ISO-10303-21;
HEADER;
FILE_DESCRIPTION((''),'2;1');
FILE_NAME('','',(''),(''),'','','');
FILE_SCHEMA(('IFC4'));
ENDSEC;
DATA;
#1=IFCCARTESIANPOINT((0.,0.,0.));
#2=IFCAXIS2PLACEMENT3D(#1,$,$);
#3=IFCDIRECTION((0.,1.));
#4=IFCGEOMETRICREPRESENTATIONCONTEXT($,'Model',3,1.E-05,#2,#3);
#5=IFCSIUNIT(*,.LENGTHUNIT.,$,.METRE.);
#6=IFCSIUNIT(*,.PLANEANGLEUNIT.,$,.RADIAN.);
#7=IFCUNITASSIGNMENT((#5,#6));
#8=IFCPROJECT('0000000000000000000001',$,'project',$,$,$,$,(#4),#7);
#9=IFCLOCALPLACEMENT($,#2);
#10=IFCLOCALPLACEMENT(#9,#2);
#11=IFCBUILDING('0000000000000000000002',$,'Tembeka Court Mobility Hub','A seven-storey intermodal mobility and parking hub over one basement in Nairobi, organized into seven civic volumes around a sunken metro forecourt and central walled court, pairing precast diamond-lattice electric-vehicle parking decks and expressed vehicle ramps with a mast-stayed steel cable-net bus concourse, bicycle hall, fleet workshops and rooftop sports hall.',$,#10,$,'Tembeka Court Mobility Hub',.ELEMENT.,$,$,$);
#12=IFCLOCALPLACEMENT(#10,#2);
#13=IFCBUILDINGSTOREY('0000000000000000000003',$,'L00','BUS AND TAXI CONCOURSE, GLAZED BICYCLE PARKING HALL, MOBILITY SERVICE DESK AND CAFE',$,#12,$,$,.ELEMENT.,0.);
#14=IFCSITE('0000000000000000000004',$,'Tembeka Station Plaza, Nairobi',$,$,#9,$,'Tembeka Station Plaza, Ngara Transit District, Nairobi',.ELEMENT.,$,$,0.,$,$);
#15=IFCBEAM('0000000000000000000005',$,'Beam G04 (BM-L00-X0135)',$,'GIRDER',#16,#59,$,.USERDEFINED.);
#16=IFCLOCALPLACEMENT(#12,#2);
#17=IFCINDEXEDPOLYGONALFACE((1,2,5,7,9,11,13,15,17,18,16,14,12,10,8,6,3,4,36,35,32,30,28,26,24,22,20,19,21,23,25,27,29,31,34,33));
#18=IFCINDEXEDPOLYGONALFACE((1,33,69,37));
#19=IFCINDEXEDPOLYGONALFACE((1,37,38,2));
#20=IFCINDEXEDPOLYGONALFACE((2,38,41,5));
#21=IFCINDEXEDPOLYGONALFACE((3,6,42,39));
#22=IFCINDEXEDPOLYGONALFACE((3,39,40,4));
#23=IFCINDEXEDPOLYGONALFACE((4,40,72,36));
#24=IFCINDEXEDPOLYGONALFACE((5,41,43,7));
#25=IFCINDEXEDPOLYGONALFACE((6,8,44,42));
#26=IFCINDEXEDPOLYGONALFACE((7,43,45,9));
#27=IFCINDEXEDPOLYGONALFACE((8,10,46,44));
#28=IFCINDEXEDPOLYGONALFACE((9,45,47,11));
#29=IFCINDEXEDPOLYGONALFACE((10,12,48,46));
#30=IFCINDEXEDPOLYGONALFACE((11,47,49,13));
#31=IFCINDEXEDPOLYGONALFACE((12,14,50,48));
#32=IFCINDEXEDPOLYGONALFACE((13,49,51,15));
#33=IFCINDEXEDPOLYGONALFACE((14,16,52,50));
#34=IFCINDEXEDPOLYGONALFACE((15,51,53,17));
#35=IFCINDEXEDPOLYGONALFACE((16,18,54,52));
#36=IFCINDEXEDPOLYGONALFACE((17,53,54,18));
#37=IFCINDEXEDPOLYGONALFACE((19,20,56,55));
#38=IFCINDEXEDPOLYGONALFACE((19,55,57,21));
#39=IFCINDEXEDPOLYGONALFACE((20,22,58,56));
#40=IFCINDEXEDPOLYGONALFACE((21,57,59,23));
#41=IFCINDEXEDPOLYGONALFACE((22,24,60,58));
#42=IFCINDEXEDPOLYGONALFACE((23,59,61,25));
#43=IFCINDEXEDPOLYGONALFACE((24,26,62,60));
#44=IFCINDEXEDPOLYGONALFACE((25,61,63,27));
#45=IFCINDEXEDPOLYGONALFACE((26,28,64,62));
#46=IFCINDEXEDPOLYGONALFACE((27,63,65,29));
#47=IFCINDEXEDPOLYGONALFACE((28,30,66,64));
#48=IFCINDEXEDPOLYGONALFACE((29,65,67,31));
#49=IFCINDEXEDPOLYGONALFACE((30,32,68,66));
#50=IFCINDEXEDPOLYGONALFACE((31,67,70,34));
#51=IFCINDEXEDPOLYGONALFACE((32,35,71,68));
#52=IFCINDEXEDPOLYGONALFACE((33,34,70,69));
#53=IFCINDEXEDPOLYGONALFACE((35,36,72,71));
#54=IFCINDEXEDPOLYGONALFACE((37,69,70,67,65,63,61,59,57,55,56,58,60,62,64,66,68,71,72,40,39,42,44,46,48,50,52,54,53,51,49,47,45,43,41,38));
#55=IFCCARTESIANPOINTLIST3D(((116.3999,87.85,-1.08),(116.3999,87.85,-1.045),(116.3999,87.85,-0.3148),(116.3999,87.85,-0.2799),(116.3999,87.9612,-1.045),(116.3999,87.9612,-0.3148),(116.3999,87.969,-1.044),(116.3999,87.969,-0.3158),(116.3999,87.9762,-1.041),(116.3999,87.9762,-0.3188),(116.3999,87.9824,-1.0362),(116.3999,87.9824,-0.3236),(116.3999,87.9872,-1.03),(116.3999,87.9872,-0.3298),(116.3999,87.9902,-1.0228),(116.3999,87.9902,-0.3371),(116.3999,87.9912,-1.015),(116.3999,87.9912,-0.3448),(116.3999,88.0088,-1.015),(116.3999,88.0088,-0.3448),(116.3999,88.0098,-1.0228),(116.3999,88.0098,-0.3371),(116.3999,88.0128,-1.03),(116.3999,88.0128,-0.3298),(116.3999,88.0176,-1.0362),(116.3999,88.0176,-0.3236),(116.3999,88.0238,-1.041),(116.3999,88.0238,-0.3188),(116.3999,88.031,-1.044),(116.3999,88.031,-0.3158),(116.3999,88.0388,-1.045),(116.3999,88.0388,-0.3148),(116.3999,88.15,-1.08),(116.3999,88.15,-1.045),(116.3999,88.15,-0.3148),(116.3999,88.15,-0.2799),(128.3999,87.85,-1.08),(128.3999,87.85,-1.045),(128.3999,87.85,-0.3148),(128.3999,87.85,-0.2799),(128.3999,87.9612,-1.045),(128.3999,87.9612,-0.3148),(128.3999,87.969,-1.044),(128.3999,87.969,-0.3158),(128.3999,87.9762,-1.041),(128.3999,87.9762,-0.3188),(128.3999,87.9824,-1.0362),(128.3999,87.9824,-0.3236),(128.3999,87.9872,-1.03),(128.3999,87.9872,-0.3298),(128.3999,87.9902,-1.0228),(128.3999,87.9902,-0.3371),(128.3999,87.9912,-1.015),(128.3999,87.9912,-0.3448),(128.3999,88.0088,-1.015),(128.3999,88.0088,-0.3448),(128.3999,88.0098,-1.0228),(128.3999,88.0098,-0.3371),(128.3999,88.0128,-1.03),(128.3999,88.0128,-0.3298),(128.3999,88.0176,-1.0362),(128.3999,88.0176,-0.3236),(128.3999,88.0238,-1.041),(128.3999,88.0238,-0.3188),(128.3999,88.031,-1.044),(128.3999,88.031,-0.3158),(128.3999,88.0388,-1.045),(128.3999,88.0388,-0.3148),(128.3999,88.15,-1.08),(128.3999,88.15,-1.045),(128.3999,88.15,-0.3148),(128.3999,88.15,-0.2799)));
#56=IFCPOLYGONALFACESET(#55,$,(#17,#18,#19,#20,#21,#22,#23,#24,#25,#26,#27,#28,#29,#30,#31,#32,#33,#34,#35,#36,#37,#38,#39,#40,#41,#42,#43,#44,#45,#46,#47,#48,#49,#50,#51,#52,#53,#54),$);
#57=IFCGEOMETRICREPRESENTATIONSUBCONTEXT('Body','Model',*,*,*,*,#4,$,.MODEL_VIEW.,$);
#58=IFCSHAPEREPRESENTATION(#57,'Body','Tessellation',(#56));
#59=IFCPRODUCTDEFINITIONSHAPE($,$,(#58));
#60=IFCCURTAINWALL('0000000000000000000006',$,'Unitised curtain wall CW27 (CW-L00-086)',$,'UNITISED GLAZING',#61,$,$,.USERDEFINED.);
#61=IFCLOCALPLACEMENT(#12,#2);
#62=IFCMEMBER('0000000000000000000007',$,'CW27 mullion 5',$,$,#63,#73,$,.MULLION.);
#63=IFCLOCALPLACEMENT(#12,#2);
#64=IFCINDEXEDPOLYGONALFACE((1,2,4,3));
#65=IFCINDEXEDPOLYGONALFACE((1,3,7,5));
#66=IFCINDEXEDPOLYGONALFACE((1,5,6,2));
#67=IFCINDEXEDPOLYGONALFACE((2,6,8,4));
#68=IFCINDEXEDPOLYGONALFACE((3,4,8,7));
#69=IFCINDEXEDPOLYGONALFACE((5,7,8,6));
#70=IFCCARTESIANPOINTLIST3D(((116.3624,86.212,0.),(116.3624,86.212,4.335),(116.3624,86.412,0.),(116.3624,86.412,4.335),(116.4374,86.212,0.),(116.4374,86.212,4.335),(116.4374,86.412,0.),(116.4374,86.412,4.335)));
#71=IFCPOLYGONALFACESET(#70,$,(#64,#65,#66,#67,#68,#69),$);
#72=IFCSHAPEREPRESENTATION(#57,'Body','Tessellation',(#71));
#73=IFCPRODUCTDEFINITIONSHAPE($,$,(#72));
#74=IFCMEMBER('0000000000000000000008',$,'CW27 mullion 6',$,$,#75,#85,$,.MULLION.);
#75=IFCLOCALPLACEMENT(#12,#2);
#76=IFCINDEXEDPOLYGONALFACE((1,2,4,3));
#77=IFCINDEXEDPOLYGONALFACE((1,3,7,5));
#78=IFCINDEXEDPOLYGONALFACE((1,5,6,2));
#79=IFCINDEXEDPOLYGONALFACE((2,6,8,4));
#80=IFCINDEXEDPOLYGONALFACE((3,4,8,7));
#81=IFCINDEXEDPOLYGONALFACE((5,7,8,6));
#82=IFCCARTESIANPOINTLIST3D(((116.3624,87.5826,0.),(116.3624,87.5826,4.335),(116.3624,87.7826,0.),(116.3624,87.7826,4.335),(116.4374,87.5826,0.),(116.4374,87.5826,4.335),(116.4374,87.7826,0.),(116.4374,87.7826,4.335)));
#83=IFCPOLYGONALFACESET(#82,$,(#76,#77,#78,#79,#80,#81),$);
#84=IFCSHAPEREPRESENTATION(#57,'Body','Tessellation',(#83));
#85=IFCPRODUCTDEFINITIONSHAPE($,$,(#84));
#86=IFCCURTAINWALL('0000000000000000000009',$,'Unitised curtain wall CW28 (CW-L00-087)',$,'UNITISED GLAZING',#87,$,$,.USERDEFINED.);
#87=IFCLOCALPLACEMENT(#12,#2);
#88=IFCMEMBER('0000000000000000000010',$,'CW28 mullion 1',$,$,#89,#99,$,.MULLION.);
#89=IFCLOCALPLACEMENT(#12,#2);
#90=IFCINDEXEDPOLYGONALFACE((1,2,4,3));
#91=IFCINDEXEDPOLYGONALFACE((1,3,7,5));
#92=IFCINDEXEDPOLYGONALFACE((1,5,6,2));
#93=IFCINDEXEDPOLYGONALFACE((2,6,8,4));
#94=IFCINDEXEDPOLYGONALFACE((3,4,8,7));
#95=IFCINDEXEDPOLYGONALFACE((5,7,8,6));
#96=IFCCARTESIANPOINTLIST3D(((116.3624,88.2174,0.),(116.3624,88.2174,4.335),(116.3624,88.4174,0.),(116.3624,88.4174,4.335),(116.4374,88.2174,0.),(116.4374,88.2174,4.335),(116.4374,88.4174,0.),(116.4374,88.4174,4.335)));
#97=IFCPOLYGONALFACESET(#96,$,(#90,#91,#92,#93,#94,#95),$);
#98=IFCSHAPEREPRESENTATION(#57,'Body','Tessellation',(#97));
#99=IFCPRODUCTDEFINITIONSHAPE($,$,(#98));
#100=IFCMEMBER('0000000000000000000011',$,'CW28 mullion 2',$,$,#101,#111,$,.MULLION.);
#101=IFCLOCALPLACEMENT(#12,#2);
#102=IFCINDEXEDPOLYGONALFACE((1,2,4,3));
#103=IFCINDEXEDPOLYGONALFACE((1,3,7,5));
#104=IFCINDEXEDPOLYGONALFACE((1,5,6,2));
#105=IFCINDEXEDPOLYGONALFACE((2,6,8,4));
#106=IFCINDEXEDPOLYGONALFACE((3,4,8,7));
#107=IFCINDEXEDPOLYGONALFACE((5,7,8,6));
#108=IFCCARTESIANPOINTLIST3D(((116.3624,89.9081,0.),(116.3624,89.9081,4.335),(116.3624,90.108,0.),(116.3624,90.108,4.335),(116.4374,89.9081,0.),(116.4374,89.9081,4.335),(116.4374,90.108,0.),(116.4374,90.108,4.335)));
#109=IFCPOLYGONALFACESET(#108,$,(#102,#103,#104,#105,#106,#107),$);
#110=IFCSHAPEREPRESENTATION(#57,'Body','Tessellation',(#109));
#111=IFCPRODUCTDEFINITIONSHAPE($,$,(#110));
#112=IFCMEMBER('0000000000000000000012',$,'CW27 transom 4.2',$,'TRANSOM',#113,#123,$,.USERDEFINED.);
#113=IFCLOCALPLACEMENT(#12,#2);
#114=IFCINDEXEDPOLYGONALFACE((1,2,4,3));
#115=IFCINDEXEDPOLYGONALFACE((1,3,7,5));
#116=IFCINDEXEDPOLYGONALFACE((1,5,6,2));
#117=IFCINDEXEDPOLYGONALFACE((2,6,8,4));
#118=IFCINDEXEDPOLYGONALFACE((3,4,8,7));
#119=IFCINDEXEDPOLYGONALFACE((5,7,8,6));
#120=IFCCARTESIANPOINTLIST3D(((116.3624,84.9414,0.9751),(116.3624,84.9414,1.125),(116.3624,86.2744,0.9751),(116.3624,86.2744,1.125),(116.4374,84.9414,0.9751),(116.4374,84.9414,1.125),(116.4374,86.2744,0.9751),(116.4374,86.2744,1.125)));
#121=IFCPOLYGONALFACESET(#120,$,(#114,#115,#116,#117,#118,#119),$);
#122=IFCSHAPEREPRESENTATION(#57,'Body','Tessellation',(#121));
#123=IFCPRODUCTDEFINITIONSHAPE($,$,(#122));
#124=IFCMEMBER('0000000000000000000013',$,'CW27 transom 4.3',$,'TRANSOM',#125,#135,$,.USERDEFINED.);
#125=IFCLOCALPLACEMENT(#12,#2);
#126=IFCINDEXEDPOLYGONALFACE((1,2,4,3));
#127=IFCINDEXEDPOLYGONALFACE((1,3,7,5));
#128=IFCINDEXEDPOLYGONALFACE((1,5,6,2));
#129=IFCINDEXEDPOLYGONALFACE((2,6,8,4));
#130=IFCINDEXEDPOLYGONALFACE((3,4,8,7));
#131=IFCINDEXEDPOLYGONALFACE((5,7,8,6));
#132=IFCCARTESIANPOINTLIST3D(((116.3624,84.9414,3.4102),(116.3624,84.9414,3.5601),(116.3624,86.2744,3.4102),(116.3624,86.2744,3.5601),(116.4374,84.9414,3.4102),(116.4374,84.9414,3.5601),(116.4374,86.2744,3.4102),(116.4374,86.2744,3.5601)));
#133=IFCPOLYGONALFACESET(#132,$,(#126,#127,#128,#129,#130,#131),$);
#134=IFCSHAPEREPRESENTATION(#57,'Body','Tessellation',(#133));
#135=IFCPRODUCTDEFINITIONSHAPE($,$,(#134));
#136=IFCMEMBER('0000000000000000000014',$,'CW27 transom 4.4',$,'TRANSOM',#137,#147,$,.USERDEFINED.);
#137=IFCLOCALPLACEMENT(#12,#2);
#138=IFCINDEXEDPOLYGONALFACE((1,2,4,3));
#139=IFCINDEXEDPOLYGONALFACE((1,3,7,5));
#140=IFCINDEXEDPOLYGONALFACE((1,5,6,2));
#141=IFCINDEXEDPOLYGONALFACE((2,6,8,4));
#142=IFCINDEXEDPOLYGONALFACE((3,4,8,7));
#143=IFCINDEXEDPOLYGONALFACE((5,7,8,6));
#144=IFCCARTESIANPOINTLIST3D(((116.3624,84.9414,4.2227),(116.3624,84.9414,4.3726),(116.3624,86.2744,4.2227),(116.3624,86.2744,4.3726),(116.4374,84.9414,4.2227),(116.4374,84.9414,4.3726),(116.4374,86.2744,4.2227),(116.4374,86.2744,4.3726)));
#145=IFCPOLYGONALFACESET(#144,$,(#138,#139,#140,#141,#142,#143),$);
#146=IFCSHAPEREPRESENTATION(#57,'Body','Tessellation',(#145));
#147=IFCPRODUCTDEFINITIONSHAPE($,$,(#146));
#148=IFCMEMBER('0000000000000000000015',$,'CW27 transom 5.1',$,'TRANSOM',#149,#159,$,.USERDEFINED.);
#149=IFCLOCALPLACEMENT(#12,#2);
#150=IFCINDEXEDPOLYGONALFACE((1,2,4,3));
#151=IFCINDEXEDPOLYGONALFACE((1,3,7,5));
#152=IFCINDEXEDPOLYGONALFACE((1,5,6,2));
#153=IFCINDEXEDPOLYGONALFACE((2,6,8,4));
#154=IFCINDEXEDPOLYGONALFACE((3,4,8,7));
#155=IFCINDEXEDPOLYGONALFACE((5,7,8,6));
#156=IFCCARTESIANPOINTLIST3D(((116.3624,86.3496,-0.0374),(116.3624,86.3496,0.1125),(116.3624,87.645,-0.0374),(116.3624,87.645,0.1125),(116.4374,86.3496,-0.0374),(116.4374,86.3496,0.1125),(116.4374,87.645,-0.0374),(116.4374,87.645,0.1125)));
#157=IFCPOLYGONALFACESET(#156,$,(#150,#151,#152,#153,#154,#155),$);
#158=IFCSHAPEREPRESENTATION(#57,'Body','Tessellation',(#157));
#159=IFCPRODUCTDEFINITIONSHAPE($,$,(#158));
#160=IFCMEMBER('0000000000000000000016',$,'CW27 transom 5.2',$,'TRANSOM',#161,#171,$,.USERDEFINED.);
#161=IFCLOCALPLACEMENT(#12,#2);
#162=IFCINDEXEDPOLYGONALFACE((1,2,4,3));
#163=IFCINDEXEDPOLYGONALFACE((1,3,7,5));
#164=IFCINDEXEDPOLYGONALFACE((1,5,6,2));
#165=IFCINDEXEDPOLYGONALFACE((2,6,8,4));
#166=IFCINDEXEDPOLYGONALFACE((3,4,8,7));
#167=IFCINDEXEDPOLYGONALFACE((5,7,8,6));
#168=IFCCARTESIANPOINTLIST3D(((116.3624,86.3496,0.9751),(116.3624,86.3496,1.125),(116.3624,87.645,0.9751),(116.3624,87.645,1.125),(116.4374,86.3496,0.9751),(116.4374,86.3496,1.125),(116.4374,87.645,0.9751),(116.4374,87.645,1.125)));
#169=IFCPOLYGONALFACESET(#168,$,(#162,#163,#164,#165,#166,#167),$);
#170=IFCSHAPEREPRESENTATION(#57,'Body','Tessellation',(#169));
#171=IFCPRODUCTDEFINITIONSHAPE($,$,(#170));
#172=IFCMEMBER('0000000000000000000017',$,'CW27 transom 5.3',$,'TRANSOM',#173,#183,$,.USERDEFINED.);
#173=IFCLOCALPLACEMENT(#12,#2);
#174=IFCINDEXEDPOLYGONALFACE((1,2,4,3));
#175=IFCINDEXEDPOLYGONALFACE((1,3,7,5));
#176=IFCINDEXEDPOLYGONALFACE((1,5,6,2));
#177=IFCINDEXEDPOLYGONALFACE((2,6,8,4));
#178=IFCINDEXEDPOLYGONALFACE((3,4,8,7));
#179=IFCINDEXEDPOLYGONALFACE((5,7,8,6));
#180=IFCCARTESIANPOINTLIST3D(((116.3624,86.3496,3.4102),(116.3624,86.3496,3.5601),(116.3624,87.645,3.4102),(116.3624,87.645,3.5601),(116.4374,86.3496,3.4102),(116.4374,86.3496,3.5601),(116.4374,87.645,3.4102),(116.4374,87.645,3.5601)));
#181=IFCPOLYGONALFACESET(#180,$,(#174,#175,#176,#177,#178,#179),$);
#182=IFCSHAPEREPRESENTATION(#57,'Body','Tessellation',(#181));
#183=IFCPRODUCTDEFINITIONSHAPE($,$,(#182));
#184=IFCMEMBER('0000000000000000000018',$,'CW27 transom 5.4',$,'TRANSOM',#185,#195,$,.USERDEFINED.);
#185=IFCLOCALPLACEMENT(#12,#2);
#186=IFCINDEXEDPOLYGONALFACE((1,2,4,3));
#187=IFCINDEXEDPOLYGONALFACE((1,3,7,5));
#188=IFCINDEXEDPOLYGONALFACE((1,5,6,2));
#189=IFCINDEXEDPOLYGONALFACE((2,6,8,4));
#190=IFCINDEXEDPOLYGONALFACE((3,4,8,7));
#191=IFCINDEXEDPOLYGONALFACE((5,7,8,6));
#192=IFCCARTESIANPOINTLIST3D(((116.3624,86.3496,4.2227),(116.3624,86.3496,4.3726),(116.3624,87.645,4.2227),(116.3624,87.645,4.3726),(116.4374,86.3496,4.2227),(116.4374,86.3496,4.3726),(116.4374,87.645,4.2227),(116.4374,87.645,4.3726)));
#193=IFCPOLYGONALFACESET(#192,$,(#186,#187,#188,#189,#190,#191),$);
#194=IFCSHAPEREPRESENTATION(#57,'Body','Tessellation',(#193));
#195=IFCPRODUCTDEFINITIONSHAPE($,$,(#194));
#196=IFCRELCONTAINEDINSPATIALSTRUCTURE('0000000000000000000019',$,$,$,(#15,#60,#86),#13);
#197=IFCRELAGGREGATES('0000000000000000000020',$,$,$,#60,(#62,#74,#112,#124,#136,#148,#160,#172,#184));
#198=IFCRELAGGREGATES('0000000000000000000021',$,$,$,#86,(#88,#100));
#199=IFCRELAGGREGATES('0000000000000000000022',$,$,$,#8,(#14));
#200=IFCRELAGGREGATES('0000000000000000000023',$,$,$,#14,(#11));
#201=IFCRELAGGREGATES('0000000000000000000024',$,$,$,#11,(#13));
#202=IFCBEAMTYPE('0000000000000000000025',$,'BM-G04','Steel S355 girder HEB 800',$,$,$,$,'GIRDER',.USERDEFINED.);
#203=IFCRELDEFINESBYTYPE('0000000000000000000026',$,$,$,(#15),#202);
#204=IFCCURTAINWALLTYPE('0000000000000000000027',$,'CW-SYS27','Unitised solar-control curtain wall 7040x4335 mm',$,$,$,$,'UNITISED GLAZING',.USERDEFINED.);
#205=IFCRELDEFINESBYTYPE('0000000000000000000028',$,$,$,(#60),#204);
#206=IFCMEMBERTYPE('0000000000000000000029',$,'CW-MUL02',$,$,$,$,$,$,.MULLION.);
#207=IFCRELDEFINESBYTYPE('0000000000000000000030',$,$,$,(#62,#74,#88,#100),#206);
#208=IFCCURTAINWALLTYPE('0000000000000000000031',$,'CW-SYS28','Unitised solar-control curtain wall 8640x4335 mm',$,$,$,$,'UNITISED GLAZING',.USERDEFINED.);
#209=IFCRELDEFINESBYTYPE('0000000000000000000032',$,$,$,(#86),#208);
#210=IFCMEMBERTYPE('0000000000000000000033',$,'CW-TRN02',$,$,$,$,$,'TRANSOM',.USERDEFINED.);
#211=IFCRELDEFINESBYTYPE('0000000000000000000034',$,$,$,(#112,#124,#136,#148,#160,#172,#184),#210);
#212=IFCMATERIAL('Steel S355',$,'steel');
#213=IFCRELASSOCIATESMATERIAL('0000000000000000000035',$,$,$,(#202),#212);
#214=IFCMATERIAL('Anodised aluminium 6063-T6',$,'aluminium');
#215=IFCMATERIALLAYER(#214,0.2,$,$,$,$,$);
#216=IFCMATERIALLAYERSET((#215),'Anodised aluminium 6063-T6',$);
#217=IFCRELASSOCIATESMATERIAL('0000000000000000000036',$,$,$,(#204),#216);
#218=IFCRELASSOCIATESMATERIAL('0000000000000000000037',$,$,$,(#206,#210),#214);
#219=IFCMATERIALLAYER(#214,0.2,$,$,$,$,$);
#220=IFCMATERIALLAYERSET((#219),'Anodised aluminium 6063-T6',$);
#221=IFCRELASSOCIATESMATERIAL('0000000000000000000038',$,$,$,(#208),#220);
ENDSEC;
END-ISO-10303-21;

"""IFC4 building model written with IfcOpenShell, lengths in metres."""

from ifc_helpers import new_model, si_unit, direction, frame, origin, origin_2d, place, context, subcontext, project, spatial, rectangle, i_section, extrude, material, layer, layer_set, material_profile, profile_set, type_object, element, aggregate, save


model = new_model("IFC4")

# Units and contexts
model_context = context("Model", 3, precision=1e-05, world=origin(), true_north=direction((0.0, 1.0)))
body_context = subcontext(model_context, "Body", "Model", "MODEL_VIEW")
ifc_project = project(units=[si_unit("LENGTHUNIT", "METRE"), si_unit("PLANEANGLEUNIT", "RADIAN")], contexts=[model_context])

# Site, building, storey
site_placement = place(None, origin())
site = spatial("IfcSite", under=ifc_project, at=site_placement, Name="Tembeka Station Plaza, Nairobi", LongName="Tembeka Station Plaza, Ngara Transit District, Nairobi", CompositionType="ELEMENT", RefElevation=0.0)
building_placement = place(site_placement, origin())
building = spatial("IfcBuilding", under=site, at=building_placement, Name="Tembeka Court Mobility Hub", Description="A seven-storey intermodal mobility and parking hub over one basement in Nairobi, organized into seven civic volumes around a sunken metro forecourt and central walled court, pairing precast diamond-lattice electric-vehicle parking decks and expressed vehicle ramps with a mast-stayed steel cable-net bus concourse, bicycle hall, fleet workshops and rooftop sports hall.", LongName="Tembeka Court Mobility Hub", CompositionType="ELEMENT")
storey_placement = place(building_placement, origin())
storey = spatial("IfcBuildingStorey", under=building, at=storey_placement, Name="L00", Description="BUS AND TAXI CONCOURSE, GLAZED BICYCLE PARKING HALL, MOBILITY SERVICE DESK AND CAFE", CompositionType="ELEMENT", Elevation=0.0)

# Shared definitions
ifc_material_1 = material(Name="Steel S355", Category="steel")

# Beam
ifc_material_profile_1 = material_profile(ifc_material_1, i_section(OverallWidth=0.3, OverallDepth=0.8, WebThickness=0.0176, FlangeThickness=0.0349, FilletRadius=0.03, at=origin_2d()), Name="HEB 800")
ifc_profile_set_1 = profile_set([ifc_material_profile_1], Name="Steel S355")
beam_type_1 = type_object("IfcBeamType", Name="BM-G04", Description="Steel S355 girder HEB 800", ElementType="GIRDER", PredefinedType="USERDEFINED", material=ifc_profile_set_1)
beam_1_placement = place(storey_placement, frame((116.3999, 88.0, -0.6799), z_axis=(1.0, 0.0, 0.0), x_axis=(0.0, 1.0, 0.0)))
element("IfcBeam", 1, at=beam_1_placement, inside=storey, type_object=beam_type_1, Name="Beam G04 (BM-L00-X0135)", ObjectType="GIRDER", PredefinedType="USERDEFINED", context=body_context, shape_type="SweptSolid", body=[
    extrude(i_section(OverallWidth=0.3, OverallDepth=0.8, WebThickness=0.0176, FlangeThickness=0.0349, FilletRadius=0.03, at=origin_2d()), origin(), (0.0, 0.0, 1.0), 12.0),
])

# Curtain walls, members
ifc_material_2 = material(Name="Anodised aluminium 6063-T6", Category="aluminium")
ifc_layer_1 = layer(ifc_material_2, 0.2)
ifc_layer_set_1 = layer_set([ifc_layer_1], Name="Anodised aluminium 6063-T6")
curtain_wall_type_1 = type_object("IfcCurtainWallType", Name="CW-SYS27", Description="Unitised solar-control curtain wall 7040x4335 mm", ElementType="UNITISED GLAZING", PredefinedType="USERDEFINED", material=ifc_layer_set_1)
curtain_wall_1_placement = place(storey_placement, origin())
curtain_wall_1 = element("IfcCurtainWall", 2, at=curtain_wall_1_placement, inside=storey, type_object=curtain_wall_type_1, Name="Unitised curtain wall CW27 (CW-L00-086)", ObjectType="UNITISED GLAZING", PredefinedType="USERDEFINED")
ifc_material_profile_2 = material_profile(ifc_material_2, rectangle(XDim=0.075, YDim=0.2, at=origin_2d()), Name="ALU-MUL 75x200")
ifc_profile_set_2 = profile_set([ifc_material_profile_2], Name="Anodised aluminium 6063-T6")
member_type_1 = type_object("IfcMemberType", Name="CW-MUL02", PredefinedType="MULLION", material=ifc_profile_set_2)
member_1_placement = place(storey_placement, frame((116.3999, 86.312, 0.0), z_axis=(0.0, 0.0, 1.0), x_axis=(-1.0, 0.0, 0.0)))
member_1 = element("IfcMember", 3, at=member_1_placement, type_object=member_type_1, Name="CW27 mullion 5", PredefinedType="MULLION", context=body_context, shape_type="SweptSolid", body=[
    extrude(rectangle(XDim=0.075, YDim=0.2, at=origin_2d()), origin(), (0.0, 0.0, 1.0), 4.335),
])
member_2_placement = place(storey_placement, frame((116.3999, 87.6826, 0.0), z_axis=(0.0, 0.0, 1.0), x_axis=(-1.0, 0.0, 0.0)))
member_2 = element("IfcMember", 4, at=member_2_placement, type_object=member_type_1, Name="CW27 mullion 6", PredefinedType="MULLION", context=body_context, shape_type="SweptSolid", body=[
    extrude(rectangle(XDim=0.075, YDim=0.2, at=origin_2d()), origin(), (0.0, 0.0, 1.0), 4.335),
])
ifc_layer_2 = layer(ifc_material_2, 0.2)
ifc_layer_set_2 = layer_set([ifc_layer_2], Name="Anodised aluminium 6063-T6")
curtain_wall_type_2 = type_object("IfcCurtainWallType", Name="CW-SYS28", Description="Unitised solar-control curtain wall 8640x4335 mm", ElementType="UNITISED GLAZING", PredefinedType="USERDEFINED", material=ifc_layer_set_2)
curtain_wall_2_placement = place(storey_placement, origin())
curtain_wall_2 = element("IfcCurtainWall", 5, at=curtain_wall_2_placement, inside=storey, type_object=curtain_wall_type_2, Name="Unitised curtain wall CW28 (CW-L00-087)", ObjectType="UNITISED GLAZING", PredefinedType="USERDEFINED")
member_3_placement = place(storey_placement, frame((116.3999, 88.3174, 0.0), z_axis=(0.0, 0.0, 1.0), x_axis=(-1.0, 0.0, 0.0)))
member_3 = element("IfcMember", 6, at=member_3_placement, type_object=member_type_1, Name="CW28 mullion 1", PredefinedType="MULLION", context=body_context, shape_type="SweptSolid", body=[
    extrude(rectangle(XDim=0.075, YDim=0.2, at=origin_2d()), origin(), (0.0, 0.0, 1.0), 4.335),
])
member_4_placement = place(storey_placement, frame((116.3999, 90.0081, 0.0), z_axis=(0.0, 0.0, 1.0), x_axis=(-1.0, 0.0, 0.0)))
member_4 = element("IfcMember", 7, at=member_4_placement, type_object=member_type_1, Name="CW28 mullion 2", PredefinedType="MULLION", context=body_context, shape_type="SweptSolid", body=[
    extrude(rectangle(XDim=0.075, YDim=0.2, at=origin_2d()), origin(), (0.0, 0.0, 1.0), 4.335),
])

# Members
ifc_material_profile_3 = material_profile(ifc_material_2, rectangle(XDim=0.075, YDim=0.1499, at=origin_2d()), Name="ALU-TRN 75x150")
ifc_profile_set_3 = profile_set([ifc_material_profile_3], Name="Anodised aluminium 6063-T6")
member_type_2 = type_object("IfcMemberType", Name="CW-TRN02", ElementType="TRANSOM", PredefinedType="USERDEFINED", material=ifc_profile_set_3)
member_5_placement = place(storey_placement, frame((116.3999, 84.9414, 1.05), z_axis=(0.0, 1.0, 0.0), x_axis=(-1.0, 0.0, 0.0)))
member_5 = element("IfcMember", 8, at=member_5_placement, type_object=member_type_2, Name="CW27 transom 4.2", ObjectType="TRANSOM", PredefinedType="USERDEFINED", context=body_context, shape_type="SweptSolid", body=[
    extrude(rectangle(XDim=0.075, YDim=0.1499, at=origin_2d()), origin(), (0.0, 0.0, 1.0), 1.333),
])
member_6_placement = place(storey_placement, frame((116.3999, 84.9414, 3.4851), z_axis=(0.0, 1.0, 0.0), x_axis=(-1.0, 0.0, 0.0)))
member_6 = element("IfcMember", 9, at=member_6_placement, type_object=member_type_2, Name="CW27 transom 4.3", ObjectType="TRANSOM", PredefinedType="USERDEFINED", context=body_context, shape_type="SweptSolid", body=[
    extrude(rectangle(XDim=0.075, YDim=0.1499, at=origin_2d()), origin(), (0.0, 0.0, 1.0), 1.333),
])
member_7_placement = place(storey_placement, frame((116.3999, 84.9414, 4.2976), z_axis=(0.0, 1.0, 0.0), x_axis=(-1.0, 0.0, 0.0)))
member_7 = element("IfcMember", 10, at=member_7_placement, type_object=member_type_2, Name="CW27 transom 4.4", ObjectType="TRANSOM", PredefinedType="USERDEFINED", context=body_context, shape_type="SweptSolid", body=[
    extrude(rectangle(XDim=0.075, YDim=0.1499, at=origin_2d()), origin(), (0.0, 0.0, 1.0), 1.333),
])
member_8_placement = place(storey_placement, frame((116.3999, 86.3496, 0.0376), z_axis=(0.0, 1.0, 0.0), x_axis=(-1.0, 0.0, 0.0)))
member_8 = element("IfcMember", 11, at=member_8_placement, type_object=member_type_2, Name="CW27 transom 5.1", ObjectType="TRANSOM", PredefinedType="USERDEFINED", context=body_context, shape_type="SweptSolid", body=[
    extrude(rectangle(XDim=0.075, YDim=0.1499, at=origin_2d()), origin(), (0.0, 0.0, 1.0), 1.2954),
])
member_9_placement = place(storey_placement, frame((116.3999, 86.3496, 1.05), z_axis=(0.0, 1.0, 0.0), x_axis=(-1.0, 0.0, 0.0)))
member_9 = element("IfcMember", 12, at=member_9_placement, type_object=member_type_2, Name="CW27 transom 5.2", ObjectType="TRANSOM", PredefinedType="USERDEFINED", context=body_context, shape_type="SweptSolid", body=[
    extrude(rectangle(XDim=0.075, YDim=0.1499, at=origin_2d()), origin(), (0.0, 0.0, 1.0), 1.2954),
])
member_10_placement = place(storey_placement, frame((116.3999, 86.3496, 3.4851), z_axis=(0.0, 1.0, 0.0), x_axis=(-1.0, 0.0, 0.0)))
member_10 = element("IfcMember", 13, at=member_10_placement, type_object=member_type_2, Name="CW27 transom 5.3", ObjectType="TRANSOM", PredefinedType="USERDEFINED", context=body_context, shape_type="SweptSolid", body=[
    extrude(rectangle(XDim=0.075, YDim=0.1499, at=origin_2d()), origin(), (0.0, 0.0, 1.0), 1.2954),
])
member_11_placement = place(storey_placement, frame((116.3999, 86.3496, 4.2976), z_axis=(0.0, 1.0, 0.0), x_axis=(-1.0, 0.0, 0.0)))
member_11 = element("IfcMember", 14, at=member_11_placement, type_object=member_type_2, Name="CW27 transom 5.4", ObjectType="TRANSOM", PredefinedType="USERDEFINED", context=body_context, shape_type="SweptSolid", body=[
    extrude(rectangle(XDim=0.075, YDim=0.1499, at=origin_2d()), origin(), (0.0, 0.0, 1.0), 1.2954),
])

aggregate(curtain_wall_1, [member_1, member_2, member_5, member_6, member_7, member_8, member_9, member_10, member_11])
aggregate(curtain_wall_2, [member_3, member_4])

save(model, "model.ifc")
